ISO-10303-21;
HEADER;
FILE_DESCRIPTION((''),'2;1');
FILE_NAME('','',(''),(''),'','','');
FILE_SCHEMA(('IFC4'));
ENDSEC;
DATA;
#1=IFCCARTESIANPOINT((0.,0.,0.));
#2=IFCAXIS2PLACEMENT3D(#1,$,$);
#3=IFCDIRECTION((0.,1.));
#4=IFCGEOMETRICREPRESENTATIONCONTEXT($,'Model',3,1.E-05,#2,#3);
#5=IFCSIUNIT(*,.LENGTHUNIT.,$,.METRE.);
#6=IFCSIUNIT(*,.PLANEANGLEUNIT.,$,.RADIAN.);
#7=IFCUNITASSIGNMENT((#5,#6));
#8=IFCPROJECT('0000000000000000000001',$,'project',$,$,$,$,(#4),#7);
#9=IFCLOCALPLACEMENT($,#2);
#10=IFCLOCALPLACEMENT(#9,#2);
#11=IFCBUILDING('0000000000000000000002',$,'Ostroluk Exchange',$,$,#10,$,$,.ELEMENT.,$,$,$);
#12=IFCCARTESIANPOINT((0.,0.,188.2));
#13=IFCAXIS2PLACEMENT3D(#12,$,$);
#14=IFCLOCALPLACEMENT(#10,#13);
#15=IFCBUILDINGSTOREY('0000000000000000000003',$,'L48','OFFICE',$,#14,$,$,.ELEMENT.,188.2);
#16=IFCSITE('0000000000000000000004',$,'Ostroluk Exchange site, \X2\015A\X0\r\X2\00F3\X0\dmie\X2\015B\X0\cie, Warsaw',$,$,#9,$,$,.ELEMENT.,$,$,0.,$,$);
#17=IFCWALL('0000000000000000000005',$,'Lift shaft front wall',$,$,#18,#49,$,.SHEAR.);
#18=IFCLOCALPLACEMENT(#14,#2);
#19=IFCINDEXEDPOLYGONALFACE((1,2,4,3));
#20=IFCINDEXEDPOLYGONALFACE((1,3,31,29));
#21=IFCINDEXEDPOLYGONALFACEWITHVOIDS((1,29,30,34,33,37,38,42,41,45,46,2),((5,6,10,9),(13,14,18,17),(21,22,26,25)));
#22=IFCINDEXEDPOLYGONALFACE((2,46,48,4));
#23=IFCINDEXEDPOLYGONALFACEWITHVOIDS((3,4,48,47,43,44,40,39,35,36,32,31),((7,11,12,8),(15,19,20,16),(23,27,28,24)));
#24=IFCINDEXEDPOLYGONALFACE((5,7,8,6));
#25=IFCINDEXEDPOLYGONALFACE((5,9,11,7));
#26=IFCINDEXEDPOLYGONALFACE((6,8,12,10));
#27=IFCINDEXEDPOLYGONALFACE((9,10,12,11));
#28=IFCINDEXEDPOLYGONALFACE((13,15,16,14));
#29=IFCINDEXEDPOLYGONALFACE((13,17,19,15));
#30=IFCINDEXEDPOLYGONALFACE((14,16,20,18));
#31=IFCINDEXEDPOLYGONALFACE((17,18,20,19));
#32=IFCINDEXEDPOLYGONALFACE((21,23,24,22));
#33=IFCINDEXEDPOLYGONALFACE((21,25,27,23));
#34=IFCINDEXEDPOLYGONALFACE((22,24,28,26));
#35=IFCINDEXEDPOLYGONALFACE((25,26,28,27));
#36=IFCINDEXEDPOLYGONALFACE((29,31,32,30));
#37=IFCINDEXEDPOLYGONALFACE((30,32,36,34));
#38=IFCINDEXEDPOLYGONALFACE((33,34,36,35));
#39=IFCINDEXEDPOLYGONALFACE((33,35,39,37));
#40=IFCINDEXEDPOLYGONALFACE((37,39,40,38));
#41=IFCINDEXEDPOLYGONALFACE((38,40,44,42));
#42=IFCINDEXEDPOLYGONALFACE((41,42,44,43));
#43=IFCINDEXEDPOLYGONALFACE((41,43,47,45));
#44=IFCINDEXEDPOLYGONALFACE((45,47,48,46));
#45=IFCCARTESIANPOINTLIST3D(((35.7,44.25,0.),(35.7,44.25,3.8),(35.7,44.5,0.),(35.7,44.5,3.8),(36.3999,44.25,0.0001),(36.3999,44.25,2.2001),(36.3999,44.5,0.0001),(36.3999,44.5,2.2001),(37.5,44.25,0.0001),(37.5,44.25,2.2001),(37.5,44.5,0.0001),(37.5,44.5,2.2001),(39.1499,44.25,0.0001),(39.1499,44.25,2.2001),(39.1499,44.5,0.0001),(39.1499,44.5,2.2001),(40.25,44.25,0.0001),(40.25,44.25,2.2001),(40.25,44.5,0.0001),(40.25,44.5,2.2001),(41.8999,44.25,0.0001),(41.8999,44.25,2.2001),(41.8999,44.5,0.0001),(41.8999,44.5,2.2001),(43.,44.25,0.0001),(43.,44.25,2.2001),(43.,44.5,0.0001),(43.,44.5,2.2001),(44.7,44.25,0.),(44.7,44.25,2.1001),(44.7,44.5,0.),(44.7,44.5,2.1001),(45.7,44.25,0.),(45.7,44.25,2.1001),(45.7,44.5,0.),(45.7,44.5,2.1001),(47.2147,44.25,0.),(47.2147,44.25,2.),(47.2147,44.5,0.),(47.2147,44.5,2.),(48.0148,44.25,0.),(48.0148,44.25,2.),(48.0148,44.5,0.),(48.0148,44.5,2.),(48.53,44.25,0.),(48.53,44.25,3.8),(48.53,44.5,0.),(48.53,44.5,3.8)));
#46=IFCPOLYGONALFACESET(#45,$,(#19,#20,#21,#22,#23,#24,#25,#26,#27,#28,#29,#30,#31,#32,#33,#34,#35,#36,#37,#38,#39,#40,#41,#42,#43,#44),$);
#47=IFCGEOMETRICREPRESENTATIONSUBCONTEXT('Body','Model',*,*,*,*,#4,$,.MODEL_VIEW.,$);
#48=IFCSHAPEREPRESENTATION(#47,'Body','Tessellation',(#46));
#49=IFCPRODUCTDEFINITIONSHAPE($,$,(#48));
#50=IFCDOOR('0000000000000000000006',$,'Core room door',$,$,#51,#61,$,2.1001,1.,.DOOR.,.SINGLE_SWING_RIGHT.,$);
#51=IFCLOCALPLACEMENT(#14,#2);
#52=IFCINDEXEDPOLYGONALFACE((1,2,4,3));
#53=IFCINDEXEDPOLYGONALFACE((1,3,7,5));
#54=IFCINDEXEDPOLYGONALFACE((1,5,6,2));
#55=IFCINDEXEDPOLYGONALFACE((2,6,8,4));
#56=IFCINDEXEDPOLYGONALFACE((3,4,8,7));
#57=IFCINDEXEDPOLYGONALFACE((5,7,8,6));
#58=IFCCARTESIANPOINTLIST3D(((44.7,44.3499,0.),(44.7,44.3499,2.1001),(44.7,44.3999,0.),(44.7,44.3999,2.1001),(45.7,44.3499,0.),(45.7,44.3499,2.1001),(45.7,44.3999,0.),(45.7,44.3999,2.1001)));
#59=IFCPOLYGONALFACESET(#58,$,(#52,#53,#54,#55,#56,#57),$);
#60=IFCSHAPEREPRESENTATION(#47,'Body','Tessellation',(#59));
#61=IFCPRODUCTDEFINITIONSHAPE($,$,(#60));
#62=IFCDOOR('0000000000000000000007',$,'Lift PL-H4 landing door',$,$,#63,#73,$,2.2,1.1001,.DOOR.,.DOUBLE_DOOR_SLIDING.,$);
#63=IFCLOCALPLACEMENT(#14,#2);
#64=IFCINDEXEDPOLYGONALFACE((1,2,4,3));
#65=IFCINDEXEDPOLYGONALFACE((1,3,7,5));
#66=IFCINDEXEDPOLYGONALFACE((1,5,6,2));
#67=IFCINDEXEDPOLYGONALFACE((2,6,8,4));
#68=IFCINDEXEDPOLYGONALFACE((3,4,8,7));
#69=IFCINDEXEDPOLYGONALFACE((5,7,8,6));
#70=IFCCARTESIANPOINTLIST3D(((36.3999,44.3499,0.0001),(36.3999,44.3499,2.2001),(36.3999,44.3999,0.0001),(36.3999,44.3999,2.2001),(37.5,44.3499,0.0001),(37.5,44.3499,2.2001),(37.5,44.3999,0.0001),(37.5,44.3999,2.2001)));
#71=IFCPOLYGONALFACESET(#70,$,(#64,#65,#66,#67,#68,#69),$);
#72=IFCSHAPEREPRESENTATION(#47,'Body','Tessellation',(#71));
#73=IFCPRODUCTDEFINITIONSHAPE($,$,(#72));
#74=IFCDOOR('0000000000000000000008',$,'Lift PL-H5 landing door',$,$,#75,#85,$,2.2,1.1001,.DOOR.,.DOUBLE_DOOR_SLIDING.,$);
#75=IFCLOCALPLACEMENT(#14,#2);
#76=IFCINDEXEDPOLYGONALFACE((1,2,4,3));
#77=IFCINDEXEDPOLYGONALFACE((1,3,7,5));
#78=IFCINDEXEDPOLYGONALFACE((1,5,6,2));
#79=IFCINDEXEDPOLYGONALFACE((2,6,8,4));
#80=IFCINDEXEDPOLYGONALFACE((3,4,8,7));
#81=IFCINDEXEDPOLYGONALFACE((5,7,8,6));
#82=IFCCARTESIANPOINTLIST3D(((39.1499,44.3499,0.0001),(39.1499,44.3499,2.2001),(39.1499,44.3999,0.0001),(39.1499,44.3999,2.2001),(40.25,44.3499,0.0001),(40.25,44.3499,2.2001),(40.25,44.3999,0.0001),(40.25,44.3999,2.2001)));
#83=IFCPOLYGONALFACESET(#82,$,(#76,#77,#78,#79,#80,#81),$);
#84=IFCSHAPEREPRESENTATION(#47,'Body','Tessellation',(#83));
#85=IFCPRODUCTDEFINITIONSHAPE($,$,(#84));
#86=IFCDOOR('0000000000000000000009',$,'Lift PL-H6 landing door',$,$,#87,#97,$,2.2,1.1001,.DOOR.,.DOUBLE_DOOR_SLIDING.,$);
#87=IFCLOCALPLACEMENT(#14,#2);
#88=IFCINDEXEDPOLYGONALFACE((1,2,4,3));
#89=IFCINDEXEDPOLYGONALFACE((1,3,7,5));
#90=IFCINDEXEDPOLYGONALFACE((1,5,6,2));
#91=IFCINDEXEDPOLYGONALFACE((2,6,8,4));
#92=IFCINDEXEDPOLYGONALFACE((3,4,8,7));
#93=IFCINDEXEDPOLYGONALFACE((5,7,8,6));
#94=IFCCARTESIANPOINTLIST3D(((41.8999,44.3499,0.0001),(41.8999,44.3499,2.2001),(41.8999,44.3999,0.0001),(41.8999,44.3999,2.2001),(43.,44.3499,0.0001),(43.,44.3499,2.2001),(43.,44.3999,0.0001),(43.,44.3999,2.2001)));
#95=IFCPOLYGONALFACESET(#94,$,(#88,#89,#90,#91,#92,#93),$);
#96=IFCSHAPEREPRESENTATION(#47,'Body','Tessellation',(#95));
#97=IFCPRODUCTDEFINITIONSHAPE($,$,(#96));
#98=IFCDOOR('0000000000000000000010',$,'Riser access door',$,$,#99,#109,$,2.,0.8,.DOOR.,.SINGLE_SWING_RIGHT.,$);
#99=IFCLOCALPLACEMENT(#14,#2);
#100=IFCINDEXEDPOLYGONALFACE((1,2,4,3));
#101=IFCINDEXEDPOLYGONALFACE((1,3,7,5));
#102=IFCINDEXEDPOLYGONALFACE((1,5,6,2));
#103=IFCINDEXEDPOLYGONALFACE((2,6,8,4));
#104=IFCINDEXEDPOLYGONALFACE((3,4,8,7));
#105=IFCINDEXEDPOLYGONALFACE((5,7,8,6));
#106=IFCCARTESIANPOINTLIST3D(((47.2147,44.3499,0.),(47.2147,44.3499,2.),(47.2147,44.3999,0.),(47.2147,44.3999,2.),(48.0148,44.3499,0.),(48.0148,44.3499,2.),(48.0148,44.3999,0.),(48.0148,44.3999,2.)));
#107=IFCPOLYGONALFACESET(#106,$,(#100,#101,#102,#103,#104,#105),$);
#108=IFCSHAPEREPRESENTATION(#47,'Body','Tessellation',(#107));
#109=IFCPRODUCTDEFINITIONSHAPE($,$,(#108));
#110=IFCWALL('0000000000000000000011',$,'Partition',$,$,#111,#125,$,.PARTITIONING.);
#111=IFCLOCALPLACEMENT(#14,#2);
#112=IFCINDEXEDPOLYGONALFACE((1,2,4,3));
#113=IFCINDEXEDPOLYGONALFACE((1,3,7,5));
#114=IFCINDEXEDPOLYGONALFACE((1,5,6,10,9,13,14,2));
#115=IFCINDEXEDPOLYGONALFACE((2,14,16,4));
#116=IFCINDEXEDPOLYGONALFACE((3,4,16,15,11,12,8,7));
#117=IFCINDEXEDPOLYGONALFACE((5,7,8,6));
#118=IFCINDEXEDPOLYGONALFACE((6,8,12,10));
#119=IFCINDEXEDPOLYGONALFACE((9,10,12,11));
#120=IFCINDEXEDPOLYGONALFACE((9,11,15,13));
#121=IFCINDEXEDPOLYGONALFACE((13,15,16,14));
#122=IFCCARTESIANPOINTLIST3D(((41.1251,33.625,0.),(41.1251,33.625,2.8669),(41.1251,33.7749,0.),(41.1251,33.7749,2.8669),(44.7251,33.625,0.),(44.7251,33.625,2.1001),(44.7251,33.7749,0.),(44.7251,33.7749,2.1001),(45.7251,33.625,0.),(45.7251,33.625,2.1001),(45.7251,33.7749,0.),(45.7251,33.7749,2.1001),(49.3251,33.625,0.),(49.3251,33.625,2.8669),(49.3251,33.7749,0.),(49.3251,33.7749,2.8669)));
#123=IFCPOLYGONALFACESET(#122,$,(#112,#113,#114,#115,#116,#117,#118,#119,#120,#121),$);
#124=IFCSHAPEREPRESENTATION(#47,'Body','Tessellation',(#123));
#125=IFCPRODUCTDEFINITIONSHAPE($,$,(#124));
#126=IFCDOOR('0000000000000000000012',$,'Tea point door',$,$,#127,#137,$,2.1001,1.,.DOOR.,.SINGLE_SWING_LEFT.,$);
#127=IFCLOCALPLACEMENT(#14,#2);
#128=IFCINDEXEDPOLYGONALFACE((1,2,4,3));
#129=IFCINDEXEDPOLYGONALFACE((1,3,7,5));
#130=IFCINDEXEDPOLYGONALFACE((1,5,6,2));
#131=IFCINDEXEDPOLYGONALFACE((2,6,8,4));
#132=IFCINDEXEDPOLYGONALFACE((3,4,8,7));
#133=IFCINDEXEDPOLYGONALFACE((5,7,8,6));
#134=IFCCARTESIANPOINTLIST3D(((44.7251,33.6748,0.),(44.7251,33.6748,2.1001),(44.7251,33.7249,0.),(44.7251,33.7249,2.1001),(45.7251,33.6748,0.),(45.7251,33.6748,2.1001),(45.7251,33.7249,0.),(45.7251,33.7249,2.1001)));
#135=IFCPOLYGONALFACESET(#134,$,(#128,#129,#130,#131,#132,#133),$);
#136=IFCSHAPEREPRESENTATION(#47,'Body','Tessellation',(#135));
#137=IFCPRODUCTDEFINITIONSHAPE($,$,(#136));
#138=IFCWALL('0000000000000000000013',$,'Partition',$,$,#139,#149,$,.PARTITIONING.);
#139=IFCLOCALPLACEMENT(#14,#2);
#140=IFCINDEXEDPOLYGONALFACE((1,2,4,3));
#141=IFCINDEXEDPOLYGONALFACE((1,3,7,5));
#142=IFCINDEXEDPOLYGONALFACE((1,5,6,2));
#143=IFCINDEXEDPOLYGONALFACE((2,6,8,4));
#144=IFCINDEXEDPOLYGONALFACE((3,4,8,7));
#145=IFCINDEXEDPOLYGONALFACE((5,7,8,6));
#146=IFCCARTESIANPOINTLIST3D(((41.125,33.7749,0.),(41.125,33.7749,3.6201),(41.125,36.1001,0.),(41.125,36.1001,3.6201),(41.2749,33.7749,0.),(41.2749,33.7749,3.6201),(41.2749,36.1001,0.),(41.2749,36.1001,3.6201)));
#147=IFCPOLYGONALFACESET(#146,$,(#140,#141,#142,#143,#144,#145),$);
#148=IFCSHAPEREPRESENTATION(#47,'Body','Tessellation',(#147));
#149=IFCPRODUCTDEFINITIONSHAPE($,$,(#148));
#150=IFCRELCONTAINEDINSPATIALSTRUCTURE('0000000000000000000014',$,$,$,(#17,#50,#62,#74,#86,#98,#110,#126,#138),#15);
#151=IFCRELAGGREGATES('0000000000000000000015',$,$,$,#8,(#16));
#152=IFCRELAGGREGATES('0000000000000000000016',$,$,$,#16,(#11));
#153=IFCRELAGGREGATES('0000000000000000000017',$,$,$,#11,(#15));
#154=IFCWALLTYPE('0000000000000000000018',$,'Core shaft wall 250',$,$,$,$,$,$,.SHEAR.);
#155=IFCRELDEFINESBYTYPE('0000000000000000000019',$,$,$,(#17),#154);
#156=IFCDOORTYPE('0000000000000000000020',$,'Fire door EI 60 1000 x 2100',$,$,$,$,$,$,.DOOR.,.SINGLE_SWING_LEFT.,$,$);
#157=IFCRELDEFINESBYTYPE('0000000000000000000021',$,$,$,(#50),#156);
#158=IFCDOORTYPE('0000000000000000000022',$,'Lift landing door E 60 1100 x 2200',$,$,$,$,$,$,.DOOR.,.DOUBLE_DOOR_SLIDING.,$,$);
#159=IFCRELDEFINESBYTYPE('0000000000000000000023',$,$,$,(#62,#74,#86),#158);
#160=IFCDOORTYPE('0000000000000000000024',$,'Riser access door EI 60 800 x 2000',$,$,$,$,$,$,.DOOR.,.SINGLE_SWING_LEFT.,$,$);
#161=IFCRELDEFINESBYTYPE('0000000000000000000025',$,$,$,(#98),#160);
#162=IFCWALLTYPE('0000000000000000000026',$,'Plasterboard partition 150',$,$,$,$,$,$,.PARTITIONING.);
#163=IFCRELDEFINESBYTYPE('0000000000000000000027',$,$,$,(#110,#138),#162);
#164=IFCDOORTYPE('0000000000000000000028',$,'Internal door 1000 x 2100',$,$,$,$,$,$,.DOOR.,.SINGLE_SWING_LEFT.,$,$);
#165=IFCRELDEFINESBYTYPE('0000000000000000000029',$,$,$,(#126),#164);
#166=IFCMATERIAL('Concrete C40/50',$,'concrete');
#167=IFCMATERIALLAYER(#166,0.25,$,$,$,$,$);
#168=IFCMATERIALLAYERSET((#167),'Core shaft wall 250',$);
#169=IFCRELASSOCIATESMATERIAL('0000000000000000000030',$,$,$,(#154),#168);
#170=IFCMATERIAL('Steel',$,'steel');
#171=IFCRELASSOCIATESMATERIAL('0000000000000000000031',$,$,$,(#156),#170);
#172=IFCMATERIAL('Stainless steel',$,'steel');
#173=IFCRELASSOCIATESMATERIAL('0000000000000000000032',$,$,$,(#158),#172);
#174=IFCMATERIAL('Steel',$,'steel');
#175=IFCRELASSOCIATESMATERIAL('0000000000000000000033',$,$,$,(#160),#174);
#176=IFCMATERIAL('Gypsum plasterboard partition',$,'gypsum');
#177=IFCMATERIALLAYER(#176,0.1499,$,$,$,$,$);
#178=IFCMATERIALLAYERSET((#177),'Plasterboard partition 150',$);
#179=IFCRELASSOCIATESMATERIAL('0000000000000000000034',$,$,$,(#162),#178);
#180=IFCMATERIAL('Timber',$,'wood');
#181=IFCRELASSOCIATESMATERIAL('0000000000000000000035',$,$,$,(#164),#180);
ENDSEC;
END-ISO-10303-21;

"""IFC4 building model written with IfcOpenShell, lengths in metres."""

from ifc_helpers import new_model, si_unit, direction, frame, frame_2d, origin, place, context, subcontext, project, spatial, rectangle, extrude, material, layer, layer_set, type_object, element, fill, save


model = new_model("IFC4")

# Units and contexts
model_context = context("Model", 3, precision=1e-05, world=origin(), true_north=direction((0.0, 1.0)))
body_context = subcontext(model_context, "Body", "Model", "MODEL_VIEW")
ifc_project = project(units=[si_unit("LENGTHUNIT", "METRE"), si_unit("PLANEANGLEUNIT", "RADIAN")], contexts=[model_context])

# Site, building, storey
site_placement = place(None, origin())
site = spatial("IfcSite", under=ifc_project, at=site_placement, Name="Ostroluk Exchange site, Śródmieście, Warsaw", CompositionType="ELEMENT", RefElevation=0.0)
building_placement = place(site_placement, origin())
building = spatial("IfcBuilding", under=site, at=building_placement, Name="Ostroluk Exchange", CompositionType="ELEMENT")
storey_placement = place(building_placement, frame((0.0, 0.0, 188.2)))
storey = spatial("IfcBuildingStorey", under=building, at=storey_placement, Name="L48", Description="OFFICE", CompositionType="ELEMENT", Elevation=188.2)

# Shared definitions
ifc_material_1 = material(Name="Concrete C40/50", Category="concrete")
ifc_layer_1 = layer(ifc_material_1, 0.25)
ifc_layer_set_1 = layer_set([ifc_layer_1], Name="Core shaft wall 250")
wall_type_1 = type_object("IfcWallType", Name="Core shaft wall 250", PredefinedType="SHEAR", material=ifc_layer_set_1)

# Wall, openings, doors
wall_1_placement = place(storey_placement, frame((35.7, 44.375, 0.0), z_axis=(0.0, 0.0, 1.0), x_axis=(1.0, 0.0, 0.0)))
wall_1 = element("IfcWall", 1, at=wall_1_placement, inside=storey, type_object=wall_type_1, Name="Lift shaft front wall", PredefinedType="SHEAR", context=body_context, shape_type="SweptSolid", body=[
    extrude(rectangle(XDim=12.8301, YDim=0.25, at=frame_2d((6.415, 0.0))), origin(), (0.0, 0.0, 1.0), 3.8),
])
opening_1_placement = place(wall_1_placement, frame((0.7, 0.0, 0.0)))
opening_1 = element("IfcOpeningElement", 2, at=opening_1_placement, cuts=wall_1, PredefinedType="OPENING", context=body_context, shape_type="SweptSolid", body=[
    extrude(rectangle(XDim=1.1001, YDim=2.2, at=frame_2d((0.55, 1.1001))), frame((0.0, 0.135, 0.0), z_axis=(0.0, -1.0, 0.0), x_axis=(1.0, 0.0, 0.0)), (0.0, 0.0, 1.0), 0.27),
])
opening_2_placement = place(wall_1_placement, frame((3.45, 0.0, 0.0)))
opening_2 = element("IfcOpeningElement", 3, at=opening_2_placement, cuts=wall_1, PredefinedType="OPENING", context=body_context, shape_type="SweptSolid", body=[
    extrude(rectangle(XDim=1.1001, YDim=2.2, at=frame_2d((0.55, 1.1001))), frame((0.0, 0.135, 0.0), z_axis=(0.0, -1.0, 0.0), x_axis=(1.0, 0.0, 0.0)), (0.0, 0.0, 1.0), 0.27),
])
opening_3_placement = place(wall_1_placement, frame((6.2, 0.0, 0.0)))
opening_3 = element("IfcOpeningElement", 4, at=opening_3_placement, cuts=wall_1, PredefinedType="OPENING", context=body_context, shape_type="SweptSolid", body=[
    extrude(rectangle(XDim=1.1001, YDim=2.2, at=frame_2d((0.55, 1.1001))), frame((0.0, 0.135, 0.0), z_axis=(0.0, -1.0, 0.0), x_axis=(1.0, 0.0, 0.0)), (0.0, 0.0, 1.0), 0.27),
])
opening_4_placement = place(wall_1_placement, frame((9.0, 0.0, 0.0)))
opening_4 = element("IfcOpeningElement", 5, at=opening_4_placement, cuts=wall_1, PredefinedType="OPENING", context=body_context, shape_type="SweptSolid", body=[
    extrude(rectangle(XDim=1.0, YDim=2.1001, at=frame_2d((0.5, 1.05))), frame((0.0, 0.135, 0.0), z_axis=(0.0, -1.0, 0.0), x_axis=(1.0, 0.0, 0.0)), (0.0, 0.0, 1.0), 0.27),
])
opening_5_placement = place(wall_1_placement, frame((11.5149, 0.0, 0.0)))
opening_5 = element("IfcOpeningElement", 6, at=opening_5_placement, cuts=wall_1, PredefinedType="OPENING", context=body_context, shape_type="SweptSolid", body=[
    extrude(rectangle(XDim=0.8, YDim=2.0, at=frame_2d((0.3999, 1.0))), frame((0.0, 0.135, 0.0), z_axis=(0.0, -1.0, 0.0), x_axis=(1.0, 0.0, 0.0)), (0.0, 0.0, 1.0), 0.27),
])
ifc_material_2 = material(Name="Steel", Category="steel")
door_type_1 = type_object("IfcDoorType", Name="Fire door EI 60 1000 x 2100", OperationType="SINGLE_SWING_LEFT", PredefinedType="DOOR", material=ifc_material_2)
door_1_placement = place(opening_4_placement, origin())
door_1 = element("IfcDoor", 7, at=door_1_placement, inside=storey, type_object=door_type_1, Name="Core room door", OperationType="SINGLE_SWING_RIGHT", OverallHeight=2.1001, OverallWidth=1.0, PredefinedType="DOOR", context=body_context, shape_type="SweptSolid", body=[
    extrude(rectangle(XDim=1.0, YDim=2.1001, at=frame_2d((0.5, 1.05))), frame((0.0, 0.0249, 0.0), z_axis=(0.0, -1.0, 0.0), x_axis=(1.0, 0.0, 0.0)), (0.0, 0.0, 1.0), 0.05),
])
fill(opening_4, door_1)
ifc_material_3 = material(Name="Stainless steel", Category="steel")
door_type_2 = type_object("IfcDoorType", Name="Lift landing door E 60 1100 x 2200", OperationType="DOUBLE_DOOR_SLIDING", PredefinedType="DOOR", material=ifc_material_3)
door_2_placement = place(opening_1_placement, origin())
door_2 = element("IfcDoor", 8, at=door_2_placement, inside=storey, type_object=door_type_2, Name="Lift PL-H4 landing door", OperationType="DOUBLE_DOOR_SLIDING", OverallHeight=2.2, OverallWidth=1.1001, PredefinedType="DOOR", context=body_context, shape_type="SweptSolid", body=[
    extrude(rectangle(XDim=1.1001, YDim=2.2, at=frame_2d((0.55, 1.1001))), frame((0.0, 0.0249, 0.0), z_axis=(0.0, -1.0, 0.0), x_axis=(1.0, 0.0, 0.0)), (0.0, 0.0, 1.0), 0.05),
])
fill(opening_1, door_2)
door_3_placement = place(opening_2_placement, origin())
door_3 = element("IfcDoor", 9, at=door_3_placement, inside=storey, type_object=door_type_2, Name="Lift PL-H5 landing door", OperationType="DOUBLE_DOOR_SLIDING", OverallHeight=2.2, OverallWidth=1.1001, PredefinedType="DOOR", context=body_context, shape_type="SweptSolid", body=[
    extrude(rectangle(XDim=1.1001, YDim=2.2, at=frame_2d((0.55, 1.1001))), frame((0.0, 0.0249, 0.0), z_axis=(0.0, -1.0, 0.0), x_axis=(1.0, 0.0, 0.0)), (0.0, 0.0, 1.0), 0.05),
])
fill(opening_2, door_3)
door_4_placement = place(opening_3_placement, origin())
door_4 = element("IfcDoor", 10, at=door_4_placement, inside=storey, type_object=door_type_2, Name="Lift PL-H6 landing door", OperationType="DOUBLE_DOOR_SLIDING", OverallHeight=2.2, OverallWidth=1.1001, PredefinedType="DOOR", context=body_context, shape_type="SweptSolid", body=[
    extrude(rectangle(XDim=1.1001, YDim=2.2, at=frame_2d((0.55, 1.1001))), frame((0.0, 0.0249, 0.0), z_axis=(0.0, -1.0, 0.0), x_axis=(1.0, 0.0, 0.0)), (0.0, 0.0, 1.0), 0.05),
])
fill(opening_3, door_4)
ifc_material_4 = material(Name="Steel", Category="steel")
door_type_3 = type_object("IfcDoorType", Name="Riser access door EI 60 800 x 2000", OperationType="SINGLE_SWING_LEFT", PredefinedType="DOOR", material=ifc_material_4)
door_5_placement = place(opening_5_placement, origin())
door_5 = element("IfcDoor", 11, at=door_5_placement, inside=storey, type_object=door_type_3, Name="Riser access door", OperationType="SINGLE_SWING_RIGHT", OverallHeight=2.0, OverallWidth=0.8, PredefinedType="DOOR", context=body_context, shape_type="SweptSolid", body=[
    extrude(rectangle(XDim=0.8, YDim=2.0, at=frame_2d((0.3999, 1.0))), frame((0.0, 0.0249, 0.0), z_axis=(0.0, -1.0, 0.0), x_axis=(1.0, 0.0, 0.0)), (0.0, 0.0, 1.0), 0.05),
])
fill(opening_5, door_5)

# Wall, opening, door
ifc_material_5 = material(Name="Gypsum plasterboard partition", Category="gypsum")
ifc_layer_2 = layer(ifc_material_5, 0.1499)
ifc_layer_set_2 = layer_set([ifc_layer_2], Name="Plasterboard partition 150")
wall_type_2 = type_object("IfcWallType", Name="Plasterboard partition 150", PredefinedType="PARTITIONING", material=ifc_layer_set_2)
wall_2_placement = place(storey_placement, frame((41.125, 33.7, 0.0), z_axis=(0.0, 0.0, 1.0), x_axis=(1.0, 0.0, 0.0)))
wall_2 = element("IfcWall", 12, at=wall_2_placement, inside=storey, type_object=wall_type_2, Name="Partition", PredefinedType="PARTITIONING", context=body_context, shape_type="SweptSolid", body=[
    extrude(rectangle(XDim=8.2, YDim=0.1499, at=frame_2d((4.1001, 0.0))), origin(), (0.0, 0.0, 1.0), 2.8669),
])
opening_6_placement = place(wall_2_placement, frame((3.6001, 0.0, 0.0)))
opening_6 = element("IfcOpeningElement", 13, at=opening_6_placement, cuts=wall_2, PredefinedType="OPENING", context=body_context, shape_type="SweptSolid", body=[
    extrude(rectangle(XDim=1.0, YDim=2.1001, at=frame_2d((0.5, 1.05))), frame((0.0, 0.085, 0.0), z_axis=(0.0, -1.0, 0.0), x_axis=(1.0, 0.0, 0.0)), (0.0, 0.0, 1.0), 0.1699),
])
ifc_material_6 = material(Name="Timber", Category="wood")
door_type_4 = type_object("IfcDoorType", Name="Internal door 1000 x 2100", OperationType="SINGLE_SWING_LEFT", PredefinedType="DOOR", material=ifc_material_6)
door_6_placement = place(opening_6_placement, origin())
door_6 = element("IfcDoor", 14, at=door_6_placement, inside=storey, type_object=door_type_4, Name="Tea point door", OperationType="SINGLE_SWING_LEFT", OverallHeight=2.1001, OverallWidth=1.0, PredefinedType="DOOR", context=body_context, shape_type="SweptSolid", body=[
    extrude(rectangle(XDim=1.0, YDim=2.1001, at=frame_2d((0.5, 1.05))), frame((0.0, 0.0249, 0.0), z_axis=(0.0, -1.0, 0.0), x_axis=(1.0, 0.0, 0.0)), (0.0, 0.0, 1.0), 0.05),
])
fill(opening_6, door_6)

# Wall
wall_3_placement = place(storey_placement, frame((41.2, 36.1001, 0.0), z_axis=(0.0, 0.0, 1.0), x_axis=(0.0, -1.0, 0.0)))
element("IfcWall", 15, at=wall_3_placement, inside=storey, type_object=wall_type_2, Name="Partition", PredefinedType="PARTITIONING", context=body_context, shape_type="SweptSolid", body=[
    extrude(rectangle(XDim=2.3252, YDim=0.1499, at=frame_2d((1.1626, 0.0))), origin(), (0.0, 0.0, 1.0), 3.6201),
])

save(model, "model.ifc")
